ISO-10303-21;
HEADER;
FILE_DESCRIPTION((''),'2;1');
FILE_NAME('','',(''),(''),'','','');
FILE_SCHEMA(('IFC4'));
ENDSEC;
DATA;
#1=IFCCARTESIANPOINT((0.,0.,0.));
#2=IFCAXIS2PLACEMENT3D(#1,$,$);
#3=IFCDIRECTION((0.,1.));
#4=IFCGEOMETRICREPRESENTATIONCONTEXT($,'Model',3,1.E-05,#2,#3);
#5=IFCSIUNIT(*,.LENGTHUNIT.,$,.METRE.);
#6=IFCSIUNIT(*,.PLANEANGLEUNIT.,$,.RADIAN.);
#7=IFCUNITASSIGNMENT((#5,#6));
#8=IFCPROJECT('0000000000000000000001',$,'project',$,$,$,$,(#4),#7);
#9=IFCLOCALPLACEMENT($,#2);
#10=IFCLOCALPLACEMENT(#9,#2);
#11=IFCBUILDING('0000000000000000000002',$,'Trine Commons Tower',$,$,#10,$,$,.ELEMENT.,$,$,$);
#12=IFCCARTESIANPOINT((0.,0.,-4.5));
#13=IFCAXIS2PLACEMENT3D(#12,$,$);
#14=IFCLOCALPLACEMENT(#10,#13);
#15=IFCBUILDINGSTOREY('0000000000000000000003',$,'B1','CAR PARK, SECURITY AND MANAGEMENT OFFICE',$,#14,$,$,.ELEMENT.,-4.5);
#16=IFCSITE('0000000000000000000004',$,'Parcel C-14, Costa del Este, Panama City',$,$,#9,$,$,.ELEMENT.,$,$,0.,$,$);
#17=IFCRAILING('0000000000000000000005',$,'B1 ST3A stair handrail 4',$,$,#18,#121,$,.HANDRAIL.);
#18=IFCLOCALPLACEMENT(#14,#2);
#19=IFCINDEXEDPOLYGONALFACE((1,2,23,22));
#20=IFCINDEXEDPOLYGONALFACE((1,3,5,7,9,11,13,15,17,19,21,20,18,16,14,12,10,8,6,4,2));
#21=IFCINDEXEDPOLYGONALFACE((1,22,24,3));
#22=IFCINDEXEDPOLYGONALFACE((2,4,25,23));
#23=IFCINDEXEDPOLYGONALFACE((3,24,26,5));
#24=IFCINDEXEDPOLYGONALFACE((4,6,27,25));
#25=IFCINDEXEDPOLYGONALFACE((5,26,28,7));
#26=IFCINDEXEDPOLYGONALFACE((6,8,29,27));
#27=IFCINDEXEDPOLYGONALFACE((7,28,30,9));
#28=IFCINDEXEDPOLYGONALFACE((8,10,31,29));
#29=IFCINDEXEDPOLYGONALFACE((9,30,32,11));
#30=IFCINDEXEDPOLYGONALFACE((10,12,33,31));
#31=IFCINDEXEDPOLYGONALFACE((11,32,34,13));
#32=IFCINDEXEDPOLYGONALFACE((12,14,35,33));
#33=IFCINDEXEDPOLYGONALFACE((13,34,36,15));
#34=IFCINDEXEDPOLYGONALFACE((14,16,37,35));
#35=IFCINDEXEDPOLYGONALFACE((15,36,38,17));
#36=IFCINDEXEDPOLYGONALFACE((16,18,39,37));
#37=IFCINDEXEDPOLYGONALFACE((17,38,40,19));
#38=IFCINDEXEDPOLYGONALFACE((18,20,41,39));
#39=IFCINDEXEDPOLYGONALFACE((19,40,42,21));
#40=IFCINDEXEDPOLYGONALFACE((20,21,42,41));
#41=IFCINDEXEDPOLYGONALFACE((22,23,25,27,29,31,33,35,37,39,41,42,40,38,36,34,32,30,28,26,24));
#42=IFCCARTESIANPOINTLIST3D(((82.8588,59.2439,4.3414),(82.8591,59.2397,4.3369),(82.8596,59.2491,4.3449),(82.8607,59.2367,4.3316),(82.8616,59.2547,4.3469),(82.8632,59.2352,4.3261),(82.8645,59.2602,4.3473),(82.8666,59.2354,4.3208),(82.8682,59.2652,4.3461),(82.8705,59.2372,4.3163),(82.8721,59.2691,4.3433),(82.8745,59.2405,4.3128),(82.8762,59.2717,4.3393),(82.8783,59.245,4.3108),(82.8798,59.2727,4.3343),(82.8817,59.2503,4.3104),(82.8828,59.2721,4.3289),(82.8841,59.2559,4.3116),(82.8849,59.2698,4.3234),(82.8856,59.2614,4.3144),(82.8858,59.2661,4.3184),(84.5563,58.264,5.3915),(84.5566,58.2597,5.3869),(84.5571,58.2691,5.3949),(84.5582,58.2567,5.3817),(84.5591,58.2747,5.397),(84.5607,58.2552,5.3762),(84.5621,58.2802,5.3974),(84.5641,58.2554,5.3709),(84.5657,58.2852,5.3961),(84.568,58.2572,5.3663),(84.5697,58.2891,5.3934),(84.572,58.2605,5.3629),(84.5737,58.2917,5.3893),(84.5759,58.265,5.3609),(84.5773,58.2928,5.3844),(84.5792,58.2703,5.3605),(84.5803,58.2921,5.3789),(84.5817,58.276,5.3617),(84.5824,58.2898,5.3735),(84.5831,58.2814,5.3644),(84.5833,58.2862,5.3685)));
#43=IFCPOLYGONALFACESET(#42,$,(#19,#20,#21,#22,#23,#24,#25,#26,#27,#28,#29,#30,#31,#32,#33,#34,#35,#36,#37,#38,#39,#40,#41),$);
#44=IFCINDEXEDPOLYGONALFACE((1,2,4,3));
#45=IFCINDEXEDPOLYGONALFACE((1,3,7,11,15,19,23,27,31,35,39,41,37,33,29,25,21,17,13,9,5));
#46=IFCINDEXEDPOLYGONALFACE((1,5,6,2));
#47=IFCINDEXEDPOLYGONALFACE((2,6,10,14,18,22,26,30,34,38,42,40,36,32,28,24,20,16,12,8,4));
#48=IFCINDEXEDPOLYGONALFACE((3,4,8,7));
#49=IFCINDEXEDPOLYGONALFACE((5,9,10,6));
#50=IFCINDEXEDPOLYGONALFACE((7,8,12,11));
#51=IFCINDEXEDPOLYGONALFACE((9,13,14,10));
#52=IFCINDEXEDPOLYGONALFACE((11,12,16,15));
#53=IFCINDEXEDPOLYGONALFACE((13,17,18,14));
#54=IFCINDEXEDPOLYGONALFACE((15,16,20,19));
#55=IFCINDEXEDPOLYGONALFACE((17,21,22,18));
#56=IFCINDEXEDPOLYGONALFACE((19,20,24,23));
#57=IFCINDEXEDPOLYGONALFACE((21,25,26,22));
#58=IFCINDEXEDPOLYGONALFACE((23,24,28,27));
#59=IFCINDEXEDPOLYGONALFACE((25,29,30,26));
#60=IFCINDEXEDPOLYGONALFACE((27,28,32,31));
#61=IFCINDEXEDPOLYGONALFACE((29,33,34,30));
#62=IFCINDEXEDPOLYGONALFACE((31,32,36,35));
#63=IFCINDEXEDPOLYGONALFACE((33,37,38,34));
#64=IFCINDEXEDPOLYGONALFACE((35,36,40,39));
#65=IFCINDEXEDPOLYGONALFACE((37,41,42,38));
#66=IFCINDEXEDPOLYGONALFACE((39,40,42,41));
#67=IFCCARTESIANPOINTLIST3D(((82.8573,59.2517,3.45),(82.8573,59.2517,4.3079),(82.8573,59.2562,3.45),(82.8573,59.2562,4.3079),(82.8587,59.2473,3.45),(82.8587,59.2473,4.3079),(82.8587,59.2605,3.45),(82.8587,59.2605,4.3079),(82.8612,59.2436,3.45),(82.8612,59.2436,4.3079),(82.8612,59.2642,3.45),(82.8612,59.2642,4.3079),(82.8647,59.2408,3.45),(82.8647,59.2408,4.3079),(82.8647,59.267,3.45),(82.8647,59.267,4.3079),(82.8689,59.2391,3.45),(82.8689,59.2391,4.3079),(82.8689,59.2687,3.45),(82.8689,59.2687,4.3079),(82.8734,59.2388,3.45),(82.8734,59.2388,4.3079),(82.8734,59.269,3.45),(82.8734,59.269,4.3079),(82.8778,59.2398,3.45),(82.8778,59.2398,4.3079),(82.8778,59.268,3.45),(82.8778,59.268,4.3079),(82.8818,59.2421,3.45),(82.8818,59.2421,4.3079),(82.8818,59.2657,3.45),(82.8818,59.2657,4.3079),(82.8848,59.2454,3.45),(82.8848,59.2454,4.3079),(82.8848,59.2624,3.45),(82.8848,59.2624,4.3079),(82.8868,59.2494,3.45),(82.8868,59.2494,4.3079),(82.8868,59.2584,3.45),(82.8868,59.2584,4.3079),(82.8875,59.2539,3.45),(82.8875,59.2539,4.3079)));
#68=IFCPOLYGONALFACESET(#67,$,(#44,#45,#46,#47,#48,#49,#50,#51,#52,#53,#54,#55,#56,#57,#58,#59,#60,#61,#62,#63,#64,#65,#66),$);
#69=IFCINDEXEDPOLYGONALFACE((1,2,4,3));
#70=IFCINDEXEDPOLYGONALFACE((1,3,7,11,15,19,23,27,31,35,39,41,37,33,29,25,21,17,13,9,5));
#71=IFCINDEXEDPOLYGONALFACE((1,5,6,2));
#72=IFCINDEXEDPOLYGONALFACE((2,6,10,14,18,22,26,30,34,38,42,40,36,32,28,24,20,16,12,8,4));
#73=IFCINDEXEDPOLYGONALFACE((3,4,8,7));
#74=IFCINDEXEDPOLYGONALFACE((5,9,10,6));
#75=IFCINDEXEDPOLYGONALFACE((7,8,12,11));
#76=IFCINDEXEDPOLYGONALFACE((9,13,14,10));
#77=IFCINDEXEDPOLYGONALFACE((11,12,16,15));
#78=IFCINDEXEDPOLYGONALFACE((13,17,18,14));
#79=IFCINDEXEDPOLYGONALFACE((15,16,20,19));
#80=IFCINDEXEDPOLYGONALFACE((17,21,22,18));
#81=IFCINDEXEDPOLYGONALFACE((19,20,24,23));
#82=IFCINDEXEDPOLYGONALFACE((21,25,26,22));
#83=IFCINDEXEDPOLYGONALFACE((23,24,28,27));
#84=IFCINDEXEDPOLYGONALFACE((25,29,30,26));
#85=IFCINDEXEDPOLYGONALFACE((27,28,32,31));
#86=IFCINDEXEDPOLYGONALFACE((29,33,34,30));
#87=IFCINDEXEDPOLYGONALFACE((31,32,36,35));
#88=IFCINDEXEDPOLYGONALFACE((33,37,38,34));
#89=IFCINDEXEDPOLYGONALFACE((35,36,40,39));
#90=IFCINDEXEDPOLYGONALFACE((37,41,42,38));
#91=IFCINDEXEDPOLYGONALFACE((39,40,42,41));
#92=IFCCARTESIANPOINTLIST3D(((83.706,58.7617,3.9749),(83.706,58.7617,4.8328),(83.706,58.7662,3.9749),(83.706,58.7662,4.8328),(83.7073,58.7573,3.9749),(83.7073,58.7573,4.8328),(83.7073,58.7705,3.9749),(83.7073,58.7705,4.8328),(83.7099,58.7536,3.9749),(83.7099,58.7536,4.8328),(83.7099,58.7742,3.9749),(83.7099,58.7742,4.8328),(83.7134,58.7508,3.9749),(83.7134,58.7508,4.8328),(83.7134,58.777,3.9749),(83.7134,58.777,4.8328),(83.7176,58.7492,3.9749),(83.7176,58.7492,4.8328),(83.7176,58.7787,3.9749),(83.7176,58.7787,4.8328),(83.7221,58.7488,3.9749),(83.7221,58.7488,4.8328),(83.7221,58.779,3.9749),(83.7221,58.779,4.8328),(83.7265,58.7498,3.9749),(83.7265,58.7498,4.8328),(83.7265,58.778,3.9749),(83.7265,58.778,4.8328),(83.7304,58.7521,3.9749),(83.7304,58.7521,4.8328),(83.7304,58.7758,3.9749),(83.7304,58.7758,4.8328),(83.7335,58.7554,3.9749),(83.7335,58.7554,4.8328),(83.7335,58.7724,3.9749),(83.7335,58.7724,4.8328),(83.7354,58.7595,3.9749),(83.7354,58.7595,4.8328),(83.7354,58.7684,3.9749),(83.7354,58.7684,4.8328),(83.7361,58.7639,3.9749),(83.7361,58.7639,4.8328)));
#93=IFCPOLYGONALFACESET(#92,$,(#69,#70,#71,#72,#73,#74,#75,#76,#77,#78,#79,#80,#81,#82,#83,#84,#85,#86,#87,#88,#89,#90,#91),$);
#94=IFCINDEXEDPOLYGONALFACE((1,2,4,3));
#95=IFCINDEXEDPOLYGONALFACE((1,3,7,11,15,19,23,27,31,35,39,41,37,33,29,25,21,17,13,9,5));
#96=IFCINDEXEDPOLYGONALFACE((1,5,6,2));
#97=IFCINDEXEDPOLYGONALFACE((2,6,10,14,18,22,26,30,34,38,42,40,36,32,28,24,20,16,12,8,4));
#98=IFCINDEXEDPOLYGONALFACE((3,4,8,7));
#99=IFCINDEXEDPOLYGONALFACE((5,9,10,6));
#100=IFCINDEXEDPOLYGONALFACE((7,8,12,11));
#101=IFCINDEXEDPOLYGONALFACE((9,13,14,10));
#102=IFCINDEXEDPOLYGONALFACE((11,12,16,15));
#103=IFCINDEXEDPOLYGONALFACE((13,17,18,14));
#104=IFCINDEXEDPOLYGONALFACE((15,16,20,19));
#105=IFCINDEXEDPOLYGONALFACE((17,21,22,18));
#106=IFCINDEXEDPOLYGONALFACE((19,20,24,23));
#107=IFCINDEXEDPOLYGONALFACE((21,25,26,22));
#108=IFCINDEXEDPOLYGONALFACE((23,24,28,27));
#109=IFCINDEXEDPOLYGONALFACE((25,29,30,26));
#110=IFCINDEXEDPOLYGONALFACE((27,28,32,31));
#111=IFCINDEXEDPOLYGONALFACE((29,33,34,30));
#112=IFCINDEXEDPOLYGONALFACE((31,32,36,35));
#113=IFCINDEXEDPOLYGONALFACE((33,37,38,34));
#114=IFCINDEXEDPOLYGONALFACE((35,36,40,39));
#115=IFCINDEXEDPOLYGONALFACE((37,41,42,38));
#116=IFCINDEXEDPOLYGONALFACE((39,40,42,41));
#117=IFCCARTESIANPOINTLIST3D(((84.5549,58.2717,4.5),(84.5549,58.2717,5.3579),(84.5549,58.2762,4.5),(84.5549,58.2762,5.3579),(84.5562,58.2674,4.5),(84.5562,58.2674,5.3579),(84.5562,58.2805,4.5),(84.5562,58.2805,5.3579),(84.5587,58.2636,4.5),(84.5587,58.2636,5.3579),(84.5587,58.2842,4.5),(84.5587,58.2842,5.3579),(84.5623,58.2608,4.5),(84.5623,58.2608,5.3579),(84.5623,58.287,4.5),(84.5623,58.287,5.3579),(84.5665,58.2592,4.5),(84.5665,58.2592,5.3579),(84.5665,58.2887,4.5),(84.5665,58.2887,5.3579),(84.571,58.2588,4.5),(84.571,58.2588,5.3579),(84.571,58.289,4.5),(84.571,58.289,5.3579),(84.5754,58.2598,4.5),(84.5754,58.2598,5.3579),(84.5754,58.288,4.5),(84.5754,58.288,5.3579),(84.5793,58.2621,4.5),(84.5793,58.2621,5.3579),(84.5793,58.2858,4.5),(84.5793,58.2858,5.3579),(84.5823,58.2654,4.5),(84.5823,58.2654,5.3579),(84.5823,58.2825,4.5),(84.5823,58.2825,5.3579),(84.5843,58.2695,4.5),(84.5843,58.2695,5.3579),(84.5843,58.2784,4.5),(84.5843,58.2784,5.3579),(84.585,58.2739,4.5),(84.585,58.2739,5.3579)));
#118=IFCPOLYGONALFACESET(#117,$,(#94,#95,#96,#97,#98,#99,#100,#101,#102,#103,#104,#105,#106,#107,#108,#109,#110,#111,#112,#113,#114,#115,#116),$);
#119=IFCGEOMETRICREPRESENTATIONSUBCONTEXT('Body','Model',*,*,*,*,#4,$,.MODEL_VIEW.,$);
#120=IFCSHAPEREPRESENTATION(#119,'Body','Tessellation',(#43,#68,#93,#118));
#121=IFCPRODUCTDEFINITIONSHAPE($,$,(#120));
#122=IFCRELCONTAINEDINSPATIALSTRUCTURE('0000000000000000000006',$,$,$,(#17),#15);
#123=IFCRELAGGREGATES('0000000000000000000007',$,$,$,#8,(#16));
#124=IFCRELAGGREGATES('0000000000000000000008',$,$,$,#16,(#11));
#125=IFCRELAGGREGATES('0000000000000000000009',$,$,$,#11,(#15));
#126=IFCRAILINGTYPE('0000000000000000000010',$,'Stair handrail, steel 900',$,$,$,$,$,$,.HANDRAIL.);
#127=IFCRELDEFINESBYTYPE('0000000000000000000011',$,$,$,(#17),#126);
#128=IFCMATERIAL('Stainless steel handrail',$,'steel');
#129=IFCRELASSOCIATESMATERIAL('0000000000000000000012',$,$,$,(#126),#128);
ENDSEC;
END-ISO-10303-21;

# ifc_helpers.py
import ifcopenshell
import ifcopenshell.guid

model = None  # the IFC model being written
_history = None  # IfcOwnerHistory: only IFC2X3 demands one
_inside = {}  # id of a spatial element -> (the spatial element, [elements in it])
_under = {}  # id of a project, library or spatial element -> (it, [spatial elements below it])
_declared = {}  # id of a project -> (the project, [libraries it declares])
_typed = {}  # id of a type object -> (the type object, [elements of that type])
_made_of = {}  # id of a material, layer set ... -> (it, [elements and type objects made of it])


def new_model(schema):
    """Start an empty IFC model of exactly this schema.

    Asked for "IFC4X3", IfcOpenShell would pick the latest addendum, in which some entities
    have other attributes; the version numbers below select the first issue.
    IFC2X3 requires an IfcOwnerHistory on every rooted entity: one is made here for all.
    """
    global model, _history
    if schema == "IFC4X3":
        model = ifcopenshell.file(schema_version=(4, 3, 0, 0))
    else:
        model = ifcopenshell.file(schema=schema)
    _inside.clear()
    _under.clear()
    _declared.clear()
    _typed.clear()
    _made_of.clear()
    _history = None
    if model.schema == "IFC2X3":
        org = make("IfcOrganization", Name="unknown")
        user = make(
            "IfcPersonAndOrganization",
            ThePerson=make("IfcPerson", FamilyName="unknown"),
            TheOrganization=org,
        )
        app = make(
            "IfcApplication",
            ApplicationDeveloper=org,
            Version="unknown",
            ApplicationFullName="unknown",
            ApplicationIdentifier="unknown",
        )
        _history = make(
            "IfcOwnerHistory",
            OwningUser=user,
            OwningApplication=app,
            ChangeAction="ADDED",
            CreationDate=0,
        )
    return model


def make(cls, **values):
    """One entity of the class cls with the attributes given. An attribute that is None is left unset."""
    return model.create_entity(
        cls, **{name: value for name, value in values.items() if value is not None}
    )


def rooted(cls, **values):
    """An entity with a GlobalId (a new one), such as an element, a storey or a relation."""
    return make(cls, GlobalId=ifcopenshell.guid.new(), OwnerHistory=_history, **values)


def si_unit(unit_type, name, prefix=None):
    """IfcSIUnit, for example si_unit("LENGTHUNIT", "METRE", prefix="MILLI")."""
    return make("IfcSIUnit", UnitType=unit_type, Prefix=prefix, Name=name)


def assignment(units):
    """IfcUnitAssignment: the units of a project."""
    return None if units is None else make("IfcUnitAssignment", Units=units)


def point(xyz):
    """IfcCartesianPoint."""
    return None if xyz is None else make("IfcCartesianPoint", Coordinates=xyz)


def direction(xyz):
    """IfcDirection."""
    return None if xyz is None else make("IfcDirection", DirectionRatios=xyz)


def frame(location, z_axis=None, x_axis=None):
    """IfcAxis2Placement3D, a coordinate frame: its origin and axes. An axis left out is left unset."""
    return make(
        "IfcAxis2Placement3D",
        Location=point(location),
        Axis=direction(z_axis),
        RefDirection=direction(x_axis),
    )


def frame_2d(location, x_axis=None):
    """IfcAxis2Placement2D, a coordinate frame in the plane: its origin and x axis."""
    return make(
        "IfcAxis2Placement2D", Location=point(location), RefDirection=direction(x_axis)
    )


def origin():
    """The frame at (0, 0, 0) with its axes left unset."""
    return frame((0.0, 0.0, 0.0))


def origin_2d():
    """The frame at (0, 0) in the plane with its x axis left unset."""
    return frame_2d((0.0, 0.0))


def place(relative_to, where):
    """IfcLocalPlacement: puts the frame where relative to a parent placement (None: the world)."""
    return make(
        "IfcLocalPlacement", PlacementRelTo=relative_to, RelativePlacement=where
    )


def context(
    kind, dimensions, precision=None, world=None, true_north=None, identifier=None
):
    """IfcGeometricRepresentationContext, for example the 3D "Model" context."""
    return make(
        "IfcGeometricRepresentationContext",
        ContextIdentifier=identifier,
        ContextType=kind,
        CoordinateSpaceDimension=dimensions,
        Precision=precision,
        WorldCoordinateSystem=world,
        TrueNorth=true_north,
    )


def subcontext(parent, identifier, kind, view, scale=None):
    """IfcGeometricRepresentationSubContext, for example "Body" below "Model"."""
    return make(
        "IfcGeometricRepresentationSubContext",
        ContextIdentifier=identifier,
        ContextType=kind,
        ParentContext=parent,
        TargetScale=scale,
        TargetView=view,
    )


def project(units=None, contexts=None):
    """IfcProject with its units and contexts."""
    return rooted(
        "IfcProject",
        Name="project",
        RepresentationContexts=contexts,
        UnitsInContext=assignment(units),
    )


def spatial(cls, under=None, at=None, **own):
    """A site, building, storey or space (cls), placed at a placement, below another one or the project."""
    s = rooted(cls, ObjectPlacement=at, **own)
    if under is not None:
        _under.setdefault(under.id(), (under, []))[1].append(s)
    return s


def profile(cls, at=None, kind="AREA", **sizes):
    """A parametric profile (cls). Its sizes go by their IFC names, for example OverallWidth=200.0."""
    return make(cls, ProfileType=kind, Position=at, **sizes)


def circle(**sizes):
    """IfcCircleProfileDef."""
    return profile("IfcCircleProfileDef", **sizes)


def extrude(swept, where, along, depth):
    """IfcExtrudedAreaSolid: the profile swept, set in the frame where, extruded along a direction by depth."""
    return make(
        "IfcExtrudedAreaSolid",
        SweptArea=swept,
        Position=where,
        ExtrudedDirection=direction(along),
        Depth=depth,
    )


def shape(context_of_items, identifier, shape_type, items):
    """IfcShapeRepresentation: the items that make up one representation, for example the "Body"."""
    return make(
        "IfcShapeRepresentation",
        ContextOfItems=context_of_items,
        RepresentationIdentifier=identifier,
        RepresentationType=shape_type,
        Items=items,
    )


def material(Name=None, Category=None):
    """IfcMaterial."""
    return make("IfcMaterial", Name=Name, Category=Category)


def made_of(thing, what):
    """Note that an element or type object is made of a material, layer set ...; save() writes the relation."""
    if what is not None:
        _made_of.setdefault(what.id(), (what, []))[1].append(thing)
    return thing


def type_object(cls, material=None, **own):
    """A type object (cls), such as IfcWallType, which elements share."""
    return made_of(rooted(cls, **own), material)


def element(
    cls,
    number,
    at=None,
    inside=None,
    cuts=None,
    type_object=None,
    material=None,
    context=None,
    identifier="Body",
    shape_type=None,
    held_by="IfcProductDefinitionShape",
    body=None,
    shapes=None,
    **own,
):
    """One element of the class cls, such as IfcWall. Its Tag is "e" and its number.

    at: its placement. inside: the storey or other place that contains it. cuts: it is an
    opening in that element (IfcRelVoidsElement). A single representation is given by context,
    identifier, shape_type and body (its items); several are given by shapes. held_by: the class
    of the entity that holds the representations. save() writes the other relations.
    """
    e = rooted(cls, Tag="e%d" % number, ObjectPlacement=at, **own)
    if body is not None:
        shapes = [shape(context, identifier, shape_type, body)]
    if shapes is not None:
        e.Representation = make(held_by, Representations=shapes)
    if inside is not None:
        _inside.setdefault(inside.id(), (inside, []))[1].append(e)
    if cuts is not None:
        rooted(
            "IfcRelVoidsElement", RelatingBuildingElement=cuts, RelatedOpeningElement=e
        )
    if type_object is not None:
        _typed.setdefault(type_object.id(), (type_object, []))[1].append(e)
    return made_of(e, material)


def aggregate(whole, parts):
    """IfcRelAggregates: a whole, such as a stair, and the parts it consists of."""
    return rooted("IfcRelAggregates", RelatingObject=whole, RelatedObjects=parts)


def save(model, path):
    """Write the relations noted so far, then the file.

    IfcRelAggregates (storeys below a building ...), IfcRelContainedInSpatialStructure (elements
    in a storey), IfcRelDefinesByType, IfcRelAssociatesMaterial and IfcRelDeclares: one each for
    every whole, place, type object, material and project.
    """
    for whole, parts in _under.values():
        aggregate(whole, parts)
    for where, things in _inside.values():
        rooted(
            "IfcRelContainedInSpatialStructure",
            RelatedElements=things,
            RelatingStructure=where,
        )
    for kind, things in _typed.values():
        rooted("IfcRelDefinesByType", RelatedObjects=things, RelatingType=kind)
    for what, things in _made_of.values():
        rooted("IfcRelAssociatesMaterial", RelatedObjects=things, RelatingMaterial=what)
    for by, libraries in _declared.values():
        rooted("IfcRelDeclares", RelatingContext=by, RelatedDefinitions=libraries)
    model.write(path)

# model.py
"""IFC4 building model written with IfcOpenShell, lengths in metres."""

from ifc_helpers import new_model, si_unit, direction, frame, origin, origin_2d, place, context, subcontext, project, spatial, circle, extrude, material, type_object, element, save


model = new_model("IFC4")

# Units and contexts
model_context = context("Model", 3, precision=1e-05, world=origin(), true_north=direction((0.0, 1.0)))
body_context = subcontext(model_context, "Body", "Model", "MODEL_VIEW")
ifc_project = project(units=[si_unit("LENGTHUNIT", "METRE"), si_unit("PLANEANGLEUNIT", "RADIAN")], contexts=[model_context])

# Site, building, storey
site_placement = place(None, origin())
site = spatial("IfcSite", under=ifc_project, at=site_placement, Name="Parcel C-14, Costa del Este, Panama City", CompositionType="ELEMENT", RefElevation=0.0)
building_placement = place(site_placement, origin())
building = spatial("IfcBuilding", under=site, at=building_placement, Name="Trine Commons Tower", CompositionType="ELEMENT")
storey_placement = place(building_placement, frame((0.0, 0.0, -4.5)))
storey = spatial("IfcBuildingStorey", under=building, at=storey_placement, Name="B1", Description="CAR PARK, SECURITY AND MANAGEMENT OFFICE", CompositionType="ELEMENT", Elevation=-4.5)

# Railing
ifc_material_1 = material(Name="Stainless steel handrail", Category="steel")
railing_type_1 = type_object("IfcRailingType", Name="Stair handrail, steel 900", PredefinedType="HANDRAIL", material=ifc_material_1)
railing_1_placement = place(storey_placement, frame((82.8723, 59.2539, 3.45)))
element("IfcRailing", 1, at=railing_1_placement, inside=storey, type_object=railing_type_1, Name="B1 ST3A stair handrail 4", PredefinedType="HANDRAIL", context=body_context, shape_type="SweptSolid", body=[
    extrude(circle(Radius=0.021, at=origin_2d()), frame((0.0, 0.0, 0.8789), z_axis=(0.763398, -0.440713, 0.472224), x_axis=(0.49997, 0.866042, 0.0)), (0.0, 0.0, 1.0), 2.2236),
    extrude(circle(Radius=0.0151, at=origin_2d()), origin(), (0.0, 0.0, 1.0), 0.8579),
    extrude(circle(Radius=0.0151, at=origin_2d()), frame((0.8486, -0.49, 0.5249)), (0.0, 0.0, 1.0), 0.8579),
    extrude(circle(Radius=0.0151, at=origin_2d()), frame((1.6975, -0.98, 1.05)), (0.0, 0.0, 1.0), 0.8579),
])

save(model, "model.ifc")
